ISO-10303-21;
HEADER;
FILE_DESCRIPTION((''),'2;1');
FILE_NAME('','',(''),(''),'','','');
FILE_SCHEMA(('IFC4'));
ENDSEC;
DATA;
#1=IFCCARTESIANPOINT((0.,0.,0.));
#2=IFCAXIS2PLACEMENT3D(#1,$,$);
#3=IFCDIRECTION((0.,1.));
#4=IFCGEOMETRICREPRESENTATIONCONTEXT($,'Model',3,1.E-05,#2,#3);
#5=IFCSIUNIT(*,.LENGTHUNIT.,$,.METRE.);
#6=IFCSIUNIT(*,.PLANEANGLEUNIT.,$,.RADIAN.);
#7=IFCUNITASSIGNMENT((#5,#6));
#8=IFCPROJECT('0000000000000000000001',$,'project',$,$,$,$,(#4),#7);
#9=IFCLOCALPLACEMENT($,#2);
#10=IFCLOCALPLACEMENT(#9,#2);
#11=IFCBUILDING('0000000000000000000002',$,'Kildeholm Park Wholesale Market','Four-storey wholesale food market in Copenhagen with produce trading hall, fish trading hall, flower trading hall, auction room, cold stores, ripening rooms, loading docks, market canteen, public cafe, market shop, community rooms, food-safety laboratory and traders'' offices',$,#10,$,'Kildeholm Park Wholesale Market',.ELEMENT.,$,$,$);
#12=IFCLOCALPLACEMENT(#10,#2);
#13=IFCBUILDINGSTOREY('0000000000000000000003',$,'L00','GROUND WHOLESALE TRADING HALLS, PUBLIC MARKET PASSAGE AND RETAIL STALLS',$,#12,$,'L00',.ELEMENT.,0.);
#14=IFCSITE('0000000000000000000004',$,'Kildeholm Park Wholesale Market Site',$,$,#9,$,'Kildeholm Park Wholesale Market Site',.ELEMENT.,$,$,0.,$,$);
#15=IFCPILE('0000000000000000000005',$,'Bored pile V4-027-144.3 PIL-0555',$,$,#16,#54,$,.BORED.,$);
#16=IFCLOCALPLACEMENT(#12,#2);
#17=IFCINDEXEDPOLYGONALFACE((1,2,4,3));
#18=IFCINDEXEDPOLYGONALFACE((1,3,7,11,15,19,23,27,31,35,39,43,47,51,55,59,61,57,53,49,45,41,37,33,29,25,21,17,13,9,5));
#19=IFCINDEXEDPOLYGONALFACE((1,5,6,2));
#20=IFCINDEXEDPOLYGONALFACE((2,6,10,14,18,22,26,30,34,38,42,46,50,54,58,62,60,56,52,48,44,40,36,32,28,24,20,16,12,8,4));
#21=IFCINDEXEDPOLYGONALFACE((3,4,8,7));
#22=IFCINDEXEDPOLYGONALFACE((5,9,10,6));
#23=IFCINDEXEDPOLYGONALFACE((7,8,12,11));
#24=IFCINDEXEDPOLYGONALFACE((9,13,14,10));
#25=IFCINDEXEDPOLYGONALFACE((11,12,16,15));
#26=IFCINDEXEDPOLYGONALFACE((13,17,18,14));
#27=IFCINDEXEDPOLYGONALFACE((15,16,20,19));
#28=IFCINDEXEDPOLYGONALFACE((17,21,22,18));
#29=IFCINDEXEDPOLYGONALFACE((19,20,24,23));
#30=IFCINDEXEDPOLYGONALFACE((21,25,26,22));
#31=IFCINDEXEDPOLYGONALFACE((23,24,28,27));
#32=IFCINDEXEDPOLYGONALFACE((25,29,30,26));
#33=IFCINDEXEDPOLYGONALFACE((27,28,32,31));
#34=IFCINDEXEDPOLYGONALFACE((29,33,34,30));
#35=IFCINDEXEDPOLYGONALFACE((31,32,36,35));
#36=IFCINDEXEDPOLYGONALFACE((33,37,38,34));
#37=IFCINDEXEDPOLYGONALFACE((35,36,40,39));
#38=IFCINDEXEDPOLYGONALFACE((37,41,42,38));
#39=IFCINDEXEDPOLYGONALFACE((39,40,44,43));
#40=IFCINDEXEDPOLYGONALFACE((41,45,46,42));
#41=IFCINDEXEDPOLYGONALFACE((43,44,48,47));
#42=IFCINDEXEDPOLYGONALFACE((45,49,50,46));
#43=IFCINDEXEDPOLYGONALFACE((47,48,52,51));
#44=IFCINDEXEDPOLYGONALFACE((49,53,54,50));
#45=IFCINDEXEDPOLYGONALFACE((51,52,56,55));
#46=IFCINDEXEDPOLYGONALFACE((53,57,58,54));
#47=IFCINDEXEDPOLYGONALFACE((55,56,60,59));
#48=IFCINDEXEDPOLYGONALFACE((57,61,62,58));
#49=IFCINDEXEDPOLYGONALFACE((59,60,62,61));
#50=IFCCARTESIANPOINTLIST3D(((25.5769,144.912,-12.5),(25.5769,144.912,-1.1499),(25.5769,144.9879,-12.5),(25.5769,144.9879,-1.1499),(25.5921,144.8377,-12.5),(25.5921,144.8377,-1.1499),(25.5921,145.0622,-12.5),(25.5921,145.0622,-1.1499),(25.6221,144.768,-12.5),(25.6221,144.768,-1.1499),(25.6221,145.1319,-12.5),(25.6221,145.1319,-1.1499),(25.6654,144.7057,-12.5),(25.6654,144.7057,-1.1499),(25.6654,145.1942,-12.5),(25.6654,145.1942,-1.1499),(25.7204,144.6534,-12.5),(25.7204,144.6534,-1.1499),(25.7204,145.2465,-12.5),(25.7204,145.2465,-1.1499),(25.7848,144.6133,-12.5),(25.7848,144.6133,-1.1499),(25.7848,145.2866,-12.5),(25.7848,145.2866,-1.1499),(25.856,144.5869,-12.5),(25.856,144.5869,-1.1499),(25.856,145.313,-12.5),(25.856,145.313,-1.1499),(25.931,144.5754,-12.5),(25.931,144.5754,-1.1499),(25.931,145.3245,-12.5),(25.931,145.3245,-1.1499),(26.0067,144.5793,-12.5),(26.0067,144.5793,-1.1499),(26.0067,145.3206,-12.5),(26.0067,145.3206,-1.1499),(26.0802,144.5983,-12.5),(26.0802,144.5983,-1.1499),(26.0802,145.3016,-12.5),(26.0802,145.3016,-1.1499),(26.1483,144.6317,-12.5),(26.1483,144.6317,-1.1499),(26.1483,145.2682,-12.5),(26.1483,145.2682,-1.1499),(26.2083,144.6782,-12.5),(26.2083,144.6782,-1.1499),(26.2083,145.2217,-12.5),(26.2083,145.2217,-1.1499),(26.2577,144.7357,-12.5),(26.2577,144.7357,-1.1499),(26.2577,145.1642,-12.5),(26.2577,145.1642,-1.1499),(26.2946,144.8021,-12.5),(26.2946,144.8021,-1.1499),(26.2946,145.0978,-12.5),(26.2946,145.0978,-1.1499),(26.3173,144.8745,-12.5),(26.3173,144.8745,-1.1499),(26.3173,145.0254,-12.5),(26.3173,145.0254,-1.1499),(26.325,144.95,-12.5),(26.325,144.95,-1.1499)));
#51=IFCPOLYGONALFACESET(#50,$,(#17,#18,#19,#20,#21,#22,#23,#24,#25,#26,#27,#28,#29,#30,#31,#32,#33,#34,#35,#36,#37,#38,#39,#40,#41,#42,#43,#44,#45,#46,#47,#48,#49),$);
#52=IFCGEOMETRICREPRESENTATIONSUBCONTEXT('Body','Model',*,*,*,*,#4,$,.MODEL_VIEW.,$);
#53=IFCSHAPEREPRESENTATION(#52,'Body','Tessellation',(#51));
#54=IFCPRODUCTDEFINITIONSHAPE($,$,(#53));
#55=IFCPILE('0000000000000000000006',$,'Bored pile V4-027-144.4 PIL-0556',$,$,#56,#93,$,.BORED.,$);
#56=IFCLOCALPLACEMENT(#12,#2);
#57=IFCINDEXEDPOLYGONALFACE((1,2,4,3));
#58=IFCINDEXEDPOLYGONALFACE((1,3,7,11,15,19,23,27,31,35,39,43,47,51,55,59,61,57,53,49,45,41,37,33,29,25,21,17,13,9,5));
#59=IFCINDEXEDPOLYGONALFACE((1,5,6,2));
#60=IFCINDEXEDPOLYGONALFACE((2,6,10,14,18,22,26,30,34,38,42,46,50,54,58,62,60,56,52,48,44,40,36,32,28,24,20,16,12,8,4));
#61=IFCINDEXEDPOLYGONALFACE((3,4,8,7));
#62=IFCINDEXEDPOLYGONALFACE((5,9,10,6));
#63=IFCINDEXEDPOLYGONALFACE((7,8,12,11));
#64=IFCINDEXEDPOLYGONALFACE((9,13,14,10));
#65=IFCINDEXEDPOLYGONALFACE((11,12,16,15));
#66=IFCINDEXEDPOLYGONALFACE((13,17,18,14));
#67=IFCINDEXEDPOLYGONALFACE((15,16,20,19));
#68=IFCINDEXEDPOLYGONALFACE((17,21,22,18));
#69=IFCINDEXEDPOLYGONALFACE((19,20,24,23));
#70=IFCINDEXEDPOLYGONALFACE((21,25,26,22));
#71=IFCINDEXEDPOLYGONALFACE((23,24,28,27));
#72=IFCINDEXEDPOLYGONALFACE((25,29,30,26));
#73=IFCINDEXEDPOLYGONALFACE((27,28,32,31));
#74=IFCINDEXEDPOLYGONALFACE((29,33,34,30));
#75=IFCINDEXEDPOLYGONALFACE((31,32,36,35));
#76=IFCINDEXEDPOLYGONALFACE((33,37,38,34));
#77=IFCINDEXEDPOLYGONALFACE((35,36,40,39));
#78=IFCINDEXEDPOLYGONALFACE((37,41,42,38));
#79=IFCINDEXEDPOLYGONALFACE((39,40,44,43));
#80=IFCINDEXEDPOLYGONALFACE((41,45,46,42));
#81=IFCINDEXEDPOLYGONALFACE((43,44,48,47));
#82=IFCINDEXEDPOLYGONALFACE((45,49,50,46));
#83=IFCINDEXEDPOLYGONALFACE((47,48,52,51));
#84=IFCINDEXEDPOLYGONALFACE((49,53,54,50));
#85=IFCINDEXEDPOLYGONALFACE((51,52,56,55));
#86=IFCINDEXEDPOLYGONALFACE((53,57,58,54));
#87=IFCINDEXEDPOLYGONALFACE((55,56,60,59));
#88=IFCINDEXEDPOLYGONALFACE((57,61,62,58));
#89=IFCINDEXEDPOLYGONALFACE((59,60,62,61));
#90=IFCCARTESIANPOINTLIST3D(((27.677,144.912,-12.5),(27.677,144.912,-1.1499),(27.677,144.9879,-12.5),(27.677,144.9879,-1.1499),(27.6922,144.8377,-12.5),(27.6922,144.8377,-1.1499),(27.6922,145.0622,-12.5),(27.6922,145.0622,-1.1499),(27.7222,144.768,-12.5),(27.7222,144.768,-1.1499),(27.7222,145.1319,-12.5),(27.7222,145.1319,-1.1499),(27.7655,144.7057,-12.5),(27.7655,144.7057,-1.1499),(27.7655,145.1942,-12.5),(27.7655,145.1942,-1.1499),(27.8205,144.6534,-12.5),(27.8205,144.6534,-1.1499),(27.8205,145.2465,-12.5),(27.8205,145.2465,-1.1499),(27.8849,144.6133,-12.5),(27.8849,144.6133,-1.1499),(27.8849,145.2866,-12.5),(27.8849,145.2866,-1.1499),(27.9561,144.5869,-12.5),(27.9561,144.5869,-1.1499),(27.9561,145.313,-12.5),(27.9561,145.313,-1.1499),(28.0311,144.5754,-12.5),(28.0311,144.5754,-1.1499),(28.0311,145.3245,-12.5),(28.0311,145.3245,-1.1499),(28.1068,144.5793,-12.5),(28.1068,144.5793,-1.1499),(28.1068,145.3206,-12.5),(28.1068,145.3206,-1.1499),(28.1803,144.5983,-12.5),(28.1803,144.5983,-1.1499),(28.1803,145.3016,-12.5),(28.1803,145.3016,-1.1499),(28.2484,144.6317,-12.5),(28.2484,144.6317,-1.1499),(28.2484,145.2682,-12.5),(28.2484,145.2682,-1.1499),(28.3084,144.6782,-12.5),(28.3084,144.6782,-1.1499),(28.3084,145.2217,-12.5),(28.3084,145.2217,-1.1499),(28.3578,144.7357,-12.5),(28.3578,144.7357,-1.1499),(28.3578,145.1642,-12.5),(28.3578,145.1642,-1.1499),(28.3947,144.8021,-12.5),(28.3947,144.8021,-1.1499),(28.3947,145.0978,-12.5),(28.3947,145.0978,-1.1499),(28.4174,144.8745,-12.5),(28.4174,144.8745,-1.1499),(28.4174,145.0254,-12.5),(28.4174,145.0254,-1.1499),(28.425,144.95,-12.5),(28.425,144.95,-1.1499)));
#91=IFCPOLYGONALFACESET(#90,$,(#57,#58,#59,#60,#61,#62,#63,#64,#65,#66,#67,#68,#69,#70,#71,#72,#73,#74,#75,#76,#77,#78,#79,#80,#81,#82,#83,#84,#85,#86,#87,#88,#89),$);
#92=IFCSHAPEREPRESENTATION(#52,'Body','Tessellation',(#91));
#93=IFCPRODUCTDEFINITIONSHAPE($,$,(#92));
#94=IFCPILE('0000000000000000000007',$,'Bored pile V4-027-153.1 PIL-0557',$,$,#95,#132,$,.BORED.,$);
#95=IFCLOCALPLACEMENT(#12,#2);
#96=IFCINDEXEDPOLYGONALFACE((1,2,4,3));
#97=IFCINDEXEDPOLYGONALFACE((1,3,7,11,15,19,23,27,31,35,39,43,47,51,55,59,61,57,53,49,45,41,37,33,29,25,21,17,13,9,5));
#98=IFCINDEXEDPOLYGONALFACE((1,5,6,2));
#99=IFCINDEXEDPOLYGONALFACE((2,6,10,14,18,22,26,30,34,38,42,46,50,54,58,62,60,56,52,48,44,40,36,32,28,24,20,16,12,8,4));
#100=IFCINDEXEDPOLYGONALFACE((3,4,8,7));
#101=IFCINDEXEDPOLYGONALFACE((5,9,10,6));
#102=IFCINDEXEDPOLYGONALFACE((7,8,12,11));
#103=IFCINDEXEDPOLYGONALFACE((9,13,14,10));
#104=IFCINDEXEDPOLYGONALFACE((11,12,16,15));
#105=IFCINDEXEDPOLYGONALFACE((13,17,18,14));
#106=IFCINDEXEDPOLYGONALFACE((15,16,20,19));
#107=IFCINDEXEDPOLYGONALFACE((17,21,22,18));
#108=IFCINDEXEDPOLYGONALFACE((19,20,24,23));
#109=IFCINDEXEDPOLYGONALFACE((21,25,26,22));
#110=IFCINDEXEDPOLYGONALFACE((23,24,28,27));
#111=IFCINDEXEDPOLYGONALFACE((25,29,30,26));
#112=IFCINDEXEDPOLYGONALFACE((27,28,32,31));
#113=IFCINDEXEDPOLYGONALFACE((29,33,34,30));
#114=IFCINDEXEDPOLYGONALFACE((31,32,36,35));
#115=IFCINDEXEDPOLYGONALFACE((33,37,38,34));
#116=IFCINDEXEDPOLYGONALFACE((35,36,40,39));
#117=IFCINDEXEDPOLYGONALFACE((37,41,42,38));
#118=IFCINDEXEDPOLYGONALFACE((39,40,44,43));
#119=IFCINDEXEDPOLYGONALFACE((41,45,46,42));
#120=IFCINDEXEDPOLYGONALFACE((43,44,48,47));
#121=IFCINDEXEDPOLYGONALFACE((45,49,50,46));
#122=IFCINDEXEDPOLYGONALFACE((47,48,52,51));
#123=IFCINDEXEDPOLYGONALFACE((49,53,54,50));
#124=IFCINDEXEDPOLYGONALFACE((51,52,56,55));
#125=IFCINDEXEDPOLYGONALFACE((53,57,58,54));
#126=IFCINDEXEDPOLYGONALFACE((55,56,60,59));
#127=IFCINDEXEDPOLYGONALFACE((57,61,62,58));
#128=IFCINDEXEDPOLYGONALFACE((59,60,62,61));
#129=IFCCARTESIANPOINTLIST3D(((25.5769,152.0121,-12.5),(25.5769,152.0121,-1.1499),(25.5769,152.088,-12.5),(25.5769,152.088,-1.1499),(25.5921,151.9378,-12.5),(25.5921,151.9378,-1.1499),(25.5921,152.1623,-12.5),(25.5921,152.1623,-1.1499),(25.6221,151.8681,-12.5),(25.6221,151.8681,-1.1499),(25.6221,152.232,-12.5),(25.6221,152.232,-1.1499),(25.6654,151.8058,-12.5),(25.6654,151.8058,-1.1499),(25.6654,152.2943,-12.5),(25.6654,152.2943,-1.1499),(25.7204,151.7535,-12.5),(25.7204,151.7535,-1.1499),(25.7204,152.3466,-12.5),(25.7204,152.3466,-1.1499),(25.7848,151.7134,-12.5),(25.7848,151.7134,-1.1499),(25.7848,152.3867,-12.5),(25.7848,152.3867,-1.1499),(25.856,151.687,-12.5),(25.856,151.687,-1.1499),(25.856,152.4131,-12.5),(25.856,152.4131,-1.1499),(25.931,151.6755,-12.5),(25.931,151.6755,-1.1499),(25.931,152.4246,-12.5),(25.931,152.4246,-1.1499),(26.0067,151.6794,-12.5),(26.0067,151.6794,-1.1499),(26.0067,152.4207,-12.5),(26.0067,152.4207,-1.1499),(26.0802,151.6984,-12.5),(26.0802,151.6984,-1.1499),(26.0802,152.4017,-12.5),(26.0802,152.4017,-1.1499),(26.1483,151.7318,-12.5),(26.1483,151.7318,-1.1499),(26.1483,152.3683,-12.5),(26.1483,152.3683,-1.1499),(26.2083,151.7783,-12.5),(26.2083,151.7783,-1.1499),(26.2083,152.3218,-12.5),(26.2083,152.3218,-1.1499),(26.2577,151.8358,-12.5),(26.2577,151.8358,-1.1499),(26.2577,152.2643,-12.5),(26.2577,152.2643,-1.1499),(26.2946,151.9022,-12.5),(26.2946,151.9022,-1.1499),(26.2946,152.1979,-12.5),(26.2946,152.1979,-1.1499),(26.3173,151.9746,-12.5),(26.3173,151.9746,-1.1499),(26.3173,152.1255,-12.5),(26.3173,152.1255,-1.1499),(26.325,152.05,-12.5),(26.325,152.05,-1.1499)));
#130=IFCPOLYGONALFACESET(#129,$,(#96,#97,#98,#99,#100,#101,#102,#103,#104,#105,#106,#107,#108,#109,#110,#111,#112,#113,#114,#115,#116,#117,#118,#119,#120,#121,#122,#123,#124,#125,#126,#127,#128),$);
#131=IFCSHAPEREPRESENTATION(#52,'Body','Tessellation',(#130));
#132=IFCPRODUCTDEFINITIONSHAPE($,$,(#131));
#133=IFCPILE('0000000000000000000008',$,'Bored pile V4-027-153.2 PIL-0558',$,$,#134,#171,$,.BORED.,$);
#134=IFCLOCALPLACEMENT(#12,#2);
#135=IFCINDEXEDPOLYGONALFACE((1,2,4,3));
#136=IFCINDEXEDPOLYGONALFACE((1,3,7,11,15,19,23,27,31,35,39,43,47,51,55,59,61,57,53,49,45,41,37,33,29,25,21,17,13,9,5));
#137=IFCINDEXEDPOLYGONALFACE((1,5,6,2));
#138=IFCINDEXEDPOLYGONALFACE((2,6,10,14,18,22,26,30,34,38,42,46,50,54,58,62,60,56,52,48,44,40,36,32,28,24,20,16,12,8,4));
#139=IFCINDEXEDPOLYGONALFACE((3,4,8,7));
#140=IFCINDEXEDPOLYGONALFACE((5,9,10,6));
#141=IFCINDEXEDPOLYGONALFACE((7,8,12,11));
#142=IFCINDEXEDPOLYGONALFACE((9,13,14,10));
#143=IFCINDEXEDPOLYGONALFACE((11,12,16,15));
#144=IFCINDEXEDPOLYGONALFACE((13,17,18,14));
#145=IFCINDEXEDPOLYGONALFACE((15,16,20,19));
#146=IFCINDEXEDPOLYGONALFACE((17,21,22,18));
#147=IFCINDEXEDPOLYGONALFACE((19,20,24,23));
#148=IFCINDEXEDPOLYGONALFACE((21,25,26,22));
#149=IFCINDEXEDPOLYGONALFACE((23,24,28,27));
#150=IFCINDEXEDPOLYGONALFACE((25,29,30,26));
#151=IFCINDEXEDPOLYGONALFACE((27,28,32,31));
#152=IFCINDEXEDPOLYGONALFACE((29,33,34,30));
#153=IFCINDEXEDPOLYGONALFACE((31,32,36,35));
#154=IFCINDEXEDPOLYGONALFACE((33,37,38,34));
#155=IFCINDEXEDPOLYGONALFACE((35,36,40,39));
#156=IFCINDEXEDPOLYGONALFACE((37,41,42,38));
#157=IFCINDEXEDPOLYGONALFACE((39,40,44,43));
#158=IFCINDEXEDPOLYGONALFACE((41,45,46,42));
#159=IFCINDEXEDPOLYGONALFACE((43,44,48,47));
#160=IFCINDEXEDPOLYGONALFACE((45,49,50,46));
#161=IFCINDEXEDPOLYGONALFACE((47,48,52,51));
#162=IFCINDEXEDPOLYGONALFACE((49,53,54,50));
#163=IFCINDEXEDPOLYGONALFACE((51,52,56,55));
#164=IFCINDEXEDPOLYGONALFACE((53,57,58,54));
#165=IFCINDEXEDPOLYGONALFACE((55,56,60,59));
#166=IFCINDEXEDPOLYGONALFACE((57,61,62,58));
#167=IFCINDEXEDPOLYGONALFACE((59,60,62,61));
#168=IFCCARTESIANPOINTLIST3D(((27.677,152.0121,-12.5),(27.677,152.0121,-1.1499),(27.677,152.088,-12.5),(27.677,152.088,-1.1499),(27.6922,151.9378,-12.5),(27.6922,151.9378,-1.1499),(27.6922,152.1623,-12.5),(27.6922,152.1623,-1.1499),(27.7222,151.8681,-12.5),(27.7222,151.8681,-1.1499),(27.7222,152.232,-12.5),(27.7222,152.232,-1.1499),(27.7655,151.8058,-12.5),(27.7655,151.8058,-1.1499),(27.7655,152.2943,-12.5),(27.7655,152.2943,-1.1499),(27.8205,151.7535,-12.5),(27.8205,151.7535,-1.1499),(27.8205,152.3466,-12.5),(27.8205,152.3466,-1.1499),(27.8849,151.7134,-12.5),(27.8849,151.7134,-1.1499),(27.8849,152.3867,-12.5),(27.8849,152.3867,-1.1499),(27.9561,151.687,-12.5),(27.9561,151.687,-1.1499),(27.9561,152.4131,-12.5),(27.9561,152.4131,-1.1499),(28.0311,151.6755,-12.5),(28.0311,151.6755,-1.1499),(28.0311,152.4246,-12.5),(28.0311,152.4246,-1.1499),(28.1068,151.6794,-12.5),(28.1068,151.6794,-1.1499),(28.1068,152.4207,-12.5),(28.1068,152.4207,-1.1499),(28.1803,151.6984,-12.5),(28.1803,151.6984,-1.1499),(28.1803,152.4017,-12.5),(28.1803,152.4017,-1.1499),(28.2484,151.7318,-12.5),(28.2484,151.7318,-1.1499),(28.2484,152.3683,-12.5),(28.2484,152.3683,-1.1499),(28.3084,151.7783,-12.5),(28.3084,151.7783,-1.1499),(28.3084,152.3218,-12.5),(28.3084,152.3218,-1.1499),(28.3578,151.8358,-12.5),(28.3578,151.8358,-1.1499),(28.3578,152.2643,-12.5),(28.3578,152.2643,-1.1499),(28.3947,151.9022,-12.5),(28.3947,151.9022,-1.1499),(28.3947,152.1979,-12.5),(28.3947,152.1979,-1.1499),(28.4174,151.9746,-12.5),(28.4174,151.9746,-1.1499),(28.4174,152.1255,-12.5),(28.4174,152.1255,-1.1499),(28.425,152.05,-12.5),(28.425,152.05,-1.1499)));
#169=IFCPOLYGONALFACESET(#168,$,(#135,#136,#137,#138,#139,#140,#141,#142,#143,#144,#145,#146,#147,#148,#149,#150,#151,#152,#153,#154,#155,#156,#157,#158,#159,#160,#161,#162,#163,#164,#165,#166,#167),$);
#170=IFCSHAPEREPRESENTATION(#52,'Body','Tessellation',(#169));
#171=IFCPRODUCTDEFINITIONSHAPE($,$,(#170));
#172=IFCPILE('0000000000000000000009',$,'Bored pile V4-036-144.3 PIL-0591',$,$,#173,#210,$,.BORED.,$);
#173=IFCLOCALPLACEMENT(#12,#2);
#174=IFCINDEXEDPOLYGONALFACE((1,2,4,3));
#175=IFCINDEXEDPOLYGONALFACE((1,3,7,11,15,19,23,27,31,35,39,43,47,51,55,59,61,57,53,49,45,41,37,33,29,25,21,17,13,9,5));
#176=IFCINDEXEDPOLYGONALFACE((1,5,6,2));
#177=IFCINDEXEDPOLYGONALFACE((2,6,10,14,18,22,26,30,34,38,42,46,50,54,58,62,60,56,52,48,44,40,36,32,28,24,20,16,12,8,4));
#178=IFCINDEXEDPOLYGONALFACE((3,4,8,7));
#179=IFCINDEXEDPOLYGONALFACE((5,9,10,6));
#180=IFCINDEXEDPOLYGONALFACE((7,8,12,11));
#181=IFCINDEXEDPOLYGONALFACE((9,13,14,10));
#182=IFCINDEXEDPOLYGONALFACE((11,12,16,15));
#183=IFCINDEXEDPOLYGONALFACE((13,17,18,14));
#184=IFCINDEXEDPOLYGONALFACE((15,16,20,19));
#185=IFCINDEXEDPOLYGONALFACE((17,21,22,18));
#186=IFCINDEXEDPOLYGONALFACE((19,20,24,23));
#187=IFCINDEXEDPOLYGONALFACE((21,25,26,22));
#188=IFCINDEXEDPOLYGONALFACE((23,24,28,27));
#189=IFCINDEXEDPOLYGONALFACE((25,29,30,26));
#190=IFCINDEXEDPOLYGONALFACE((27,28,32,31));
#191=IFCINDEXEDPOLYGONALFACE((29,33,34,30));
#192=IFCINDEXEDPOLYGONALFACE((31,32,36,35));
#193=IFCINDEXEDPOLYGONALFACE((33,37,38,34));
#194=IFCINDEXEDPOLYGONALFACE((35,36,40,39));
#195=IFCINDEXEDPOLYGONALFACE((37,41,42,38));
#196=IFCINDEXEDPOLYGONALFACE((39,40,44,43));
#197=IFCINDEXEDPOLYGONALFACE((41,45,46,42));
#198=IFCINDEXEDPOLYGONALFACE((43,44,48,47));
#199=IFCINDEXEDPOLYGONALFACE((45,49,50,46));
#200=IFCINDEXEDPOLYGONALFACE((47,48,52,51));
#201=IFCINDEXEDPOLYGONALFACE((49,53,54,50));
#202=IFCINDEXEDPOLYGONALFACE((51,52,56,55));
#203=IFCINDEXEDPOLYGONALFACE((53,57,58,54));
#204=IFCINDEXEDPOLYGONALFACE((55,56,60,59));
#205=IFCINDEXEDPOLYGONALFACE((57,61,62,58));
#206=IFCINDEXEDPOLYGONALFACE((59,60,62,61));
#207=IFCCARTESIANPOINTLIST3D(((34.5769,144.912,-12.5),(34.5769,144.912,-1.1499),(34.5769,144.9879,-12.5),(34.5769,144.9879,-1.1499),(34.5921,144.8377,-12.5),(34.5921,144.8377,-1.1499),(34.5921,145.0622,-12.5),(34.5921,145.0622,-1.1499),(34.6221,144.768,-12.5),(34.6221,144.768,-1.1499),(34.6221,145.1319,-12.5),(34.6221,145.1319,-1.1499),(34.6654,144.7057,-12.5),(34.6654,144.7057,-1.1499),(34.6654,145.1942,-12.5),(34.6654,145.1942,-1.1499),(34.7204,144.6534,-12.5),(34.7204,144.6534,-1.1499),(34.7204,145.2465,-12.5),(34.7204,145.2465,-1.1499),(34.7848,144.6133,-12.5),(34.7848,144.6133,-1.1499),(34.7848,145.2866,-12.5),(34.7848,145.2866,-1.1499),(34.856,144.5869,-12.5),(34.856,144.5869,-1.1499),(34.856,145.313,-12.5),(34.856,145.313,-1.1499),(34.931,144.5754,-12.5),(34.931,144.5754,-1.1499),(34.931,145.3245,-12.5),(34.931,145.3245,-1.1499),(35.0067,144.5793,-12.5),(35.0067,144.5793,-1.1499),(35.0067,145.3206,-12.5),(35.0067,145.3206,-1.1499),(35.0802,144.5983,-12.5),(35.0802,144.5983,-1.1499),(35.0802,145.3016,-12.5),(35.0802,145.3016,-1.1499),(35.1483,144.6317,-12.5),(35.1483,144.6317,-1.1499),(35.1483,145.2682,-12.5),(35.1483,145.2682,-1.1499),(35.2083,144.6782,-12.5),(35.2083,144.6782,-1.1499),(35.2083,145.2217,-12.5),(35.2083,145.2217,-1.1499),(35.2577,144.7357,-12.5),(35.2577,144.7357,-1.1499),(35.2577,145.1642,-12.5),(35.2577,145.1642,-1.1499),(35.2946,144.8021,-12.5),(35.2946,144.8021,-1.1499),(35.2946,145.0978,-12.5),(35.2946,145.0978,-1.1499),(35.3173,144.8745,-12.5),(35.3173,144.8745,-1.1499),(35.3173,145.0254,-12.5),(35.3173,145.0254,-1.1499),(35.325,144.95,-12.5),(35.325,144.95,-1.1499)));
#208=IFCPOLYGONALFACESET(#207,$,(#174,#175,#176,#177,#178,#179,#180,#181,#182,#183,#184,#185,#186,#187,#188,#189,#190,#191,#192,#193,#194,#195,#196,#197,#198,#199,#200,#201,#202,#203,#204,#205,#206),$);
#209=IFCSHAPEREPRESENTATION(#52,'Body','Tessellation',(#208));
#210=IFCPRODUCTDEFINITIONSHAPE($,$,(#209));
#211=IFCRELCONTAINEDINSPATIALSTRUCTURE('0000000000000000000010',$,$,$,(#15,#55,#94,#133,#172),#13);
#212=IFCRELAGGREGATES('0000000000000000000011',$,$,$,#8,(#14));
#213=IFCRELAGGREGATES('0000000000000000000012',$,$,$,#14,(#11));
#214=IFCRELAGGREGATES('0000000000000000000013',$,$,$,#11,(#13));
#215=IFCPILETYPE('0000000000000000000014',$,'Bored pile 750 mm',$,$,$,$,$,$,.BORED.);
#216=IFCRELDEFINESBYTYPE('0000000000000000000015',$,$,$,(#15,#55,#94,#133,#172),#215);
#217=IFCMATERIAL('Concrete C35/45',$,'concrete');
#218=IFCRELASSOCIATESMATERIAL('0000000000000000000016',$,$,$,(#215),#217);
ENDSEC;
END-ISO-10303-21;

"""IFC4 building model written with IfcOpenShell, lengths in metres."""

from ifc_helpers import new_model, si_unit, direction, frame, origin, origin_2d, place, context, subcontext, project, spatial, circle, extrude, material, material_profile, profile_set, type_object, element, save


model = new_model("IFC4")

# Units and contexts
model_context = context("Model", 3, precision=1e-05, world=origin(), true_north=direction((0.0, 1.0)))
body_context = subcontext(model_context, "Body", "Model", "MODEL_VIEW")
ifc_project = project(units=[si_unit("LENGTHUNIT", "METRE"), si_unit("PLANEANGLEUNIT", "RADIAN")], contexts=[model_context])

# Site, building, storey
site_placement = place(None, origin())
site = spatial("IfcSite", under=ifc_project, at=site_placement, Name="Kildeholm Park Wholesale Market Site", LongName="Kildeholm Park Wholesale Market Site", CompositionType="ELEMENT", RefElevation=0.0)
building_placement = place(site_placement, origin())
building = spatial("IfcBuilding", under=site, at=building_placement, Name="Kildeholm Park Wholesale Market", Description="Four-storey wholesale food market in Copenhagen with produce trading hall, fish trading hall, flower trading hall, auction room, cold stores, ripening rooms, loading docks, market canteen, public cafe, market shop, community rooms, food-safety laboratory and traders' offices", LongName="Kildeholm Park Wholesale Market", CompositionType="ELEMENT")
storey_placement = place(building_placement, origin())
storey = spatial("IfcBuildingStorey", under=building, at=storey_placement, Name="L00", Description="GROUND WHOLESALE TRADING HALLS, PUBLIC MARKET PASSAGE AND RETAIL STALLS", LongName="L00", CompositionType="ELEMENT", Elevation=0.0)

# Piles
ifc_material_1 = material(Name="Concrete C35/45", Category="concrete")
ifc_material_profile_1 = material_profile(ifc_material_1, circle(Radius=0.375, at=origin_2d()), Name="PILE D750")
ifc_profile_set_1 = profile_set([ifc_material_profile_1], Name="Concrete C35/45")
pile_type = type_object("IfcPileType", Name="Bored pile 750 mm", PredefinedType="BORED", material=ifc_profile_set_1)
for number, where, z_axis, x_axis, name in (
    (1, (25.95, 144.95, -1.1499), (0.0, 0.0, -1.0), (1.0, 0.0, 0.0), "Bored pile V4-027-144.3 PIL-0555"),
    (2, (28.05, 144.95, -1.1499), (0.0, 0.0, -1.0), (1.0, 0.0, 0.0), "Bored pile V4-027-144.4 PIL-0556"),
    (3, (25.95, 152.05, -1.1499), (0.0, 0.0, -1.0), (1.0, 0.0, 0.0), "Bored pile V4-027-153.1 PIL-0557"),
    (4, (28.05, 152.05, -1.1499), (0.0, 0.0, -1.0), (1.0, 0.0, 0.0), "Bored pile V4-027-153.2 PIL-0558"),
    (5, (34.95, 144.95, -1.1499), (0.0, 0.0, -1.0), (1.0, 0.0, 0.0), "Bored pile V4-036-144.3 PIL-0591"),
):
    element("IfcPile", number, at=place(storey_placement, frame(where, z_axis=z_axis, x_axis=x_axis)), inside=storey, type_object=pile_type, Name=name, PredefinedType="BORED", context=body_context, shape_type="SweptSolid", body=[
        extrude(circle(Radius=0.375, at=origin_2d()), origin(), (0.0, 0.0, 1.0), 11.3501),
    ])

save(model, "model.ifc")
